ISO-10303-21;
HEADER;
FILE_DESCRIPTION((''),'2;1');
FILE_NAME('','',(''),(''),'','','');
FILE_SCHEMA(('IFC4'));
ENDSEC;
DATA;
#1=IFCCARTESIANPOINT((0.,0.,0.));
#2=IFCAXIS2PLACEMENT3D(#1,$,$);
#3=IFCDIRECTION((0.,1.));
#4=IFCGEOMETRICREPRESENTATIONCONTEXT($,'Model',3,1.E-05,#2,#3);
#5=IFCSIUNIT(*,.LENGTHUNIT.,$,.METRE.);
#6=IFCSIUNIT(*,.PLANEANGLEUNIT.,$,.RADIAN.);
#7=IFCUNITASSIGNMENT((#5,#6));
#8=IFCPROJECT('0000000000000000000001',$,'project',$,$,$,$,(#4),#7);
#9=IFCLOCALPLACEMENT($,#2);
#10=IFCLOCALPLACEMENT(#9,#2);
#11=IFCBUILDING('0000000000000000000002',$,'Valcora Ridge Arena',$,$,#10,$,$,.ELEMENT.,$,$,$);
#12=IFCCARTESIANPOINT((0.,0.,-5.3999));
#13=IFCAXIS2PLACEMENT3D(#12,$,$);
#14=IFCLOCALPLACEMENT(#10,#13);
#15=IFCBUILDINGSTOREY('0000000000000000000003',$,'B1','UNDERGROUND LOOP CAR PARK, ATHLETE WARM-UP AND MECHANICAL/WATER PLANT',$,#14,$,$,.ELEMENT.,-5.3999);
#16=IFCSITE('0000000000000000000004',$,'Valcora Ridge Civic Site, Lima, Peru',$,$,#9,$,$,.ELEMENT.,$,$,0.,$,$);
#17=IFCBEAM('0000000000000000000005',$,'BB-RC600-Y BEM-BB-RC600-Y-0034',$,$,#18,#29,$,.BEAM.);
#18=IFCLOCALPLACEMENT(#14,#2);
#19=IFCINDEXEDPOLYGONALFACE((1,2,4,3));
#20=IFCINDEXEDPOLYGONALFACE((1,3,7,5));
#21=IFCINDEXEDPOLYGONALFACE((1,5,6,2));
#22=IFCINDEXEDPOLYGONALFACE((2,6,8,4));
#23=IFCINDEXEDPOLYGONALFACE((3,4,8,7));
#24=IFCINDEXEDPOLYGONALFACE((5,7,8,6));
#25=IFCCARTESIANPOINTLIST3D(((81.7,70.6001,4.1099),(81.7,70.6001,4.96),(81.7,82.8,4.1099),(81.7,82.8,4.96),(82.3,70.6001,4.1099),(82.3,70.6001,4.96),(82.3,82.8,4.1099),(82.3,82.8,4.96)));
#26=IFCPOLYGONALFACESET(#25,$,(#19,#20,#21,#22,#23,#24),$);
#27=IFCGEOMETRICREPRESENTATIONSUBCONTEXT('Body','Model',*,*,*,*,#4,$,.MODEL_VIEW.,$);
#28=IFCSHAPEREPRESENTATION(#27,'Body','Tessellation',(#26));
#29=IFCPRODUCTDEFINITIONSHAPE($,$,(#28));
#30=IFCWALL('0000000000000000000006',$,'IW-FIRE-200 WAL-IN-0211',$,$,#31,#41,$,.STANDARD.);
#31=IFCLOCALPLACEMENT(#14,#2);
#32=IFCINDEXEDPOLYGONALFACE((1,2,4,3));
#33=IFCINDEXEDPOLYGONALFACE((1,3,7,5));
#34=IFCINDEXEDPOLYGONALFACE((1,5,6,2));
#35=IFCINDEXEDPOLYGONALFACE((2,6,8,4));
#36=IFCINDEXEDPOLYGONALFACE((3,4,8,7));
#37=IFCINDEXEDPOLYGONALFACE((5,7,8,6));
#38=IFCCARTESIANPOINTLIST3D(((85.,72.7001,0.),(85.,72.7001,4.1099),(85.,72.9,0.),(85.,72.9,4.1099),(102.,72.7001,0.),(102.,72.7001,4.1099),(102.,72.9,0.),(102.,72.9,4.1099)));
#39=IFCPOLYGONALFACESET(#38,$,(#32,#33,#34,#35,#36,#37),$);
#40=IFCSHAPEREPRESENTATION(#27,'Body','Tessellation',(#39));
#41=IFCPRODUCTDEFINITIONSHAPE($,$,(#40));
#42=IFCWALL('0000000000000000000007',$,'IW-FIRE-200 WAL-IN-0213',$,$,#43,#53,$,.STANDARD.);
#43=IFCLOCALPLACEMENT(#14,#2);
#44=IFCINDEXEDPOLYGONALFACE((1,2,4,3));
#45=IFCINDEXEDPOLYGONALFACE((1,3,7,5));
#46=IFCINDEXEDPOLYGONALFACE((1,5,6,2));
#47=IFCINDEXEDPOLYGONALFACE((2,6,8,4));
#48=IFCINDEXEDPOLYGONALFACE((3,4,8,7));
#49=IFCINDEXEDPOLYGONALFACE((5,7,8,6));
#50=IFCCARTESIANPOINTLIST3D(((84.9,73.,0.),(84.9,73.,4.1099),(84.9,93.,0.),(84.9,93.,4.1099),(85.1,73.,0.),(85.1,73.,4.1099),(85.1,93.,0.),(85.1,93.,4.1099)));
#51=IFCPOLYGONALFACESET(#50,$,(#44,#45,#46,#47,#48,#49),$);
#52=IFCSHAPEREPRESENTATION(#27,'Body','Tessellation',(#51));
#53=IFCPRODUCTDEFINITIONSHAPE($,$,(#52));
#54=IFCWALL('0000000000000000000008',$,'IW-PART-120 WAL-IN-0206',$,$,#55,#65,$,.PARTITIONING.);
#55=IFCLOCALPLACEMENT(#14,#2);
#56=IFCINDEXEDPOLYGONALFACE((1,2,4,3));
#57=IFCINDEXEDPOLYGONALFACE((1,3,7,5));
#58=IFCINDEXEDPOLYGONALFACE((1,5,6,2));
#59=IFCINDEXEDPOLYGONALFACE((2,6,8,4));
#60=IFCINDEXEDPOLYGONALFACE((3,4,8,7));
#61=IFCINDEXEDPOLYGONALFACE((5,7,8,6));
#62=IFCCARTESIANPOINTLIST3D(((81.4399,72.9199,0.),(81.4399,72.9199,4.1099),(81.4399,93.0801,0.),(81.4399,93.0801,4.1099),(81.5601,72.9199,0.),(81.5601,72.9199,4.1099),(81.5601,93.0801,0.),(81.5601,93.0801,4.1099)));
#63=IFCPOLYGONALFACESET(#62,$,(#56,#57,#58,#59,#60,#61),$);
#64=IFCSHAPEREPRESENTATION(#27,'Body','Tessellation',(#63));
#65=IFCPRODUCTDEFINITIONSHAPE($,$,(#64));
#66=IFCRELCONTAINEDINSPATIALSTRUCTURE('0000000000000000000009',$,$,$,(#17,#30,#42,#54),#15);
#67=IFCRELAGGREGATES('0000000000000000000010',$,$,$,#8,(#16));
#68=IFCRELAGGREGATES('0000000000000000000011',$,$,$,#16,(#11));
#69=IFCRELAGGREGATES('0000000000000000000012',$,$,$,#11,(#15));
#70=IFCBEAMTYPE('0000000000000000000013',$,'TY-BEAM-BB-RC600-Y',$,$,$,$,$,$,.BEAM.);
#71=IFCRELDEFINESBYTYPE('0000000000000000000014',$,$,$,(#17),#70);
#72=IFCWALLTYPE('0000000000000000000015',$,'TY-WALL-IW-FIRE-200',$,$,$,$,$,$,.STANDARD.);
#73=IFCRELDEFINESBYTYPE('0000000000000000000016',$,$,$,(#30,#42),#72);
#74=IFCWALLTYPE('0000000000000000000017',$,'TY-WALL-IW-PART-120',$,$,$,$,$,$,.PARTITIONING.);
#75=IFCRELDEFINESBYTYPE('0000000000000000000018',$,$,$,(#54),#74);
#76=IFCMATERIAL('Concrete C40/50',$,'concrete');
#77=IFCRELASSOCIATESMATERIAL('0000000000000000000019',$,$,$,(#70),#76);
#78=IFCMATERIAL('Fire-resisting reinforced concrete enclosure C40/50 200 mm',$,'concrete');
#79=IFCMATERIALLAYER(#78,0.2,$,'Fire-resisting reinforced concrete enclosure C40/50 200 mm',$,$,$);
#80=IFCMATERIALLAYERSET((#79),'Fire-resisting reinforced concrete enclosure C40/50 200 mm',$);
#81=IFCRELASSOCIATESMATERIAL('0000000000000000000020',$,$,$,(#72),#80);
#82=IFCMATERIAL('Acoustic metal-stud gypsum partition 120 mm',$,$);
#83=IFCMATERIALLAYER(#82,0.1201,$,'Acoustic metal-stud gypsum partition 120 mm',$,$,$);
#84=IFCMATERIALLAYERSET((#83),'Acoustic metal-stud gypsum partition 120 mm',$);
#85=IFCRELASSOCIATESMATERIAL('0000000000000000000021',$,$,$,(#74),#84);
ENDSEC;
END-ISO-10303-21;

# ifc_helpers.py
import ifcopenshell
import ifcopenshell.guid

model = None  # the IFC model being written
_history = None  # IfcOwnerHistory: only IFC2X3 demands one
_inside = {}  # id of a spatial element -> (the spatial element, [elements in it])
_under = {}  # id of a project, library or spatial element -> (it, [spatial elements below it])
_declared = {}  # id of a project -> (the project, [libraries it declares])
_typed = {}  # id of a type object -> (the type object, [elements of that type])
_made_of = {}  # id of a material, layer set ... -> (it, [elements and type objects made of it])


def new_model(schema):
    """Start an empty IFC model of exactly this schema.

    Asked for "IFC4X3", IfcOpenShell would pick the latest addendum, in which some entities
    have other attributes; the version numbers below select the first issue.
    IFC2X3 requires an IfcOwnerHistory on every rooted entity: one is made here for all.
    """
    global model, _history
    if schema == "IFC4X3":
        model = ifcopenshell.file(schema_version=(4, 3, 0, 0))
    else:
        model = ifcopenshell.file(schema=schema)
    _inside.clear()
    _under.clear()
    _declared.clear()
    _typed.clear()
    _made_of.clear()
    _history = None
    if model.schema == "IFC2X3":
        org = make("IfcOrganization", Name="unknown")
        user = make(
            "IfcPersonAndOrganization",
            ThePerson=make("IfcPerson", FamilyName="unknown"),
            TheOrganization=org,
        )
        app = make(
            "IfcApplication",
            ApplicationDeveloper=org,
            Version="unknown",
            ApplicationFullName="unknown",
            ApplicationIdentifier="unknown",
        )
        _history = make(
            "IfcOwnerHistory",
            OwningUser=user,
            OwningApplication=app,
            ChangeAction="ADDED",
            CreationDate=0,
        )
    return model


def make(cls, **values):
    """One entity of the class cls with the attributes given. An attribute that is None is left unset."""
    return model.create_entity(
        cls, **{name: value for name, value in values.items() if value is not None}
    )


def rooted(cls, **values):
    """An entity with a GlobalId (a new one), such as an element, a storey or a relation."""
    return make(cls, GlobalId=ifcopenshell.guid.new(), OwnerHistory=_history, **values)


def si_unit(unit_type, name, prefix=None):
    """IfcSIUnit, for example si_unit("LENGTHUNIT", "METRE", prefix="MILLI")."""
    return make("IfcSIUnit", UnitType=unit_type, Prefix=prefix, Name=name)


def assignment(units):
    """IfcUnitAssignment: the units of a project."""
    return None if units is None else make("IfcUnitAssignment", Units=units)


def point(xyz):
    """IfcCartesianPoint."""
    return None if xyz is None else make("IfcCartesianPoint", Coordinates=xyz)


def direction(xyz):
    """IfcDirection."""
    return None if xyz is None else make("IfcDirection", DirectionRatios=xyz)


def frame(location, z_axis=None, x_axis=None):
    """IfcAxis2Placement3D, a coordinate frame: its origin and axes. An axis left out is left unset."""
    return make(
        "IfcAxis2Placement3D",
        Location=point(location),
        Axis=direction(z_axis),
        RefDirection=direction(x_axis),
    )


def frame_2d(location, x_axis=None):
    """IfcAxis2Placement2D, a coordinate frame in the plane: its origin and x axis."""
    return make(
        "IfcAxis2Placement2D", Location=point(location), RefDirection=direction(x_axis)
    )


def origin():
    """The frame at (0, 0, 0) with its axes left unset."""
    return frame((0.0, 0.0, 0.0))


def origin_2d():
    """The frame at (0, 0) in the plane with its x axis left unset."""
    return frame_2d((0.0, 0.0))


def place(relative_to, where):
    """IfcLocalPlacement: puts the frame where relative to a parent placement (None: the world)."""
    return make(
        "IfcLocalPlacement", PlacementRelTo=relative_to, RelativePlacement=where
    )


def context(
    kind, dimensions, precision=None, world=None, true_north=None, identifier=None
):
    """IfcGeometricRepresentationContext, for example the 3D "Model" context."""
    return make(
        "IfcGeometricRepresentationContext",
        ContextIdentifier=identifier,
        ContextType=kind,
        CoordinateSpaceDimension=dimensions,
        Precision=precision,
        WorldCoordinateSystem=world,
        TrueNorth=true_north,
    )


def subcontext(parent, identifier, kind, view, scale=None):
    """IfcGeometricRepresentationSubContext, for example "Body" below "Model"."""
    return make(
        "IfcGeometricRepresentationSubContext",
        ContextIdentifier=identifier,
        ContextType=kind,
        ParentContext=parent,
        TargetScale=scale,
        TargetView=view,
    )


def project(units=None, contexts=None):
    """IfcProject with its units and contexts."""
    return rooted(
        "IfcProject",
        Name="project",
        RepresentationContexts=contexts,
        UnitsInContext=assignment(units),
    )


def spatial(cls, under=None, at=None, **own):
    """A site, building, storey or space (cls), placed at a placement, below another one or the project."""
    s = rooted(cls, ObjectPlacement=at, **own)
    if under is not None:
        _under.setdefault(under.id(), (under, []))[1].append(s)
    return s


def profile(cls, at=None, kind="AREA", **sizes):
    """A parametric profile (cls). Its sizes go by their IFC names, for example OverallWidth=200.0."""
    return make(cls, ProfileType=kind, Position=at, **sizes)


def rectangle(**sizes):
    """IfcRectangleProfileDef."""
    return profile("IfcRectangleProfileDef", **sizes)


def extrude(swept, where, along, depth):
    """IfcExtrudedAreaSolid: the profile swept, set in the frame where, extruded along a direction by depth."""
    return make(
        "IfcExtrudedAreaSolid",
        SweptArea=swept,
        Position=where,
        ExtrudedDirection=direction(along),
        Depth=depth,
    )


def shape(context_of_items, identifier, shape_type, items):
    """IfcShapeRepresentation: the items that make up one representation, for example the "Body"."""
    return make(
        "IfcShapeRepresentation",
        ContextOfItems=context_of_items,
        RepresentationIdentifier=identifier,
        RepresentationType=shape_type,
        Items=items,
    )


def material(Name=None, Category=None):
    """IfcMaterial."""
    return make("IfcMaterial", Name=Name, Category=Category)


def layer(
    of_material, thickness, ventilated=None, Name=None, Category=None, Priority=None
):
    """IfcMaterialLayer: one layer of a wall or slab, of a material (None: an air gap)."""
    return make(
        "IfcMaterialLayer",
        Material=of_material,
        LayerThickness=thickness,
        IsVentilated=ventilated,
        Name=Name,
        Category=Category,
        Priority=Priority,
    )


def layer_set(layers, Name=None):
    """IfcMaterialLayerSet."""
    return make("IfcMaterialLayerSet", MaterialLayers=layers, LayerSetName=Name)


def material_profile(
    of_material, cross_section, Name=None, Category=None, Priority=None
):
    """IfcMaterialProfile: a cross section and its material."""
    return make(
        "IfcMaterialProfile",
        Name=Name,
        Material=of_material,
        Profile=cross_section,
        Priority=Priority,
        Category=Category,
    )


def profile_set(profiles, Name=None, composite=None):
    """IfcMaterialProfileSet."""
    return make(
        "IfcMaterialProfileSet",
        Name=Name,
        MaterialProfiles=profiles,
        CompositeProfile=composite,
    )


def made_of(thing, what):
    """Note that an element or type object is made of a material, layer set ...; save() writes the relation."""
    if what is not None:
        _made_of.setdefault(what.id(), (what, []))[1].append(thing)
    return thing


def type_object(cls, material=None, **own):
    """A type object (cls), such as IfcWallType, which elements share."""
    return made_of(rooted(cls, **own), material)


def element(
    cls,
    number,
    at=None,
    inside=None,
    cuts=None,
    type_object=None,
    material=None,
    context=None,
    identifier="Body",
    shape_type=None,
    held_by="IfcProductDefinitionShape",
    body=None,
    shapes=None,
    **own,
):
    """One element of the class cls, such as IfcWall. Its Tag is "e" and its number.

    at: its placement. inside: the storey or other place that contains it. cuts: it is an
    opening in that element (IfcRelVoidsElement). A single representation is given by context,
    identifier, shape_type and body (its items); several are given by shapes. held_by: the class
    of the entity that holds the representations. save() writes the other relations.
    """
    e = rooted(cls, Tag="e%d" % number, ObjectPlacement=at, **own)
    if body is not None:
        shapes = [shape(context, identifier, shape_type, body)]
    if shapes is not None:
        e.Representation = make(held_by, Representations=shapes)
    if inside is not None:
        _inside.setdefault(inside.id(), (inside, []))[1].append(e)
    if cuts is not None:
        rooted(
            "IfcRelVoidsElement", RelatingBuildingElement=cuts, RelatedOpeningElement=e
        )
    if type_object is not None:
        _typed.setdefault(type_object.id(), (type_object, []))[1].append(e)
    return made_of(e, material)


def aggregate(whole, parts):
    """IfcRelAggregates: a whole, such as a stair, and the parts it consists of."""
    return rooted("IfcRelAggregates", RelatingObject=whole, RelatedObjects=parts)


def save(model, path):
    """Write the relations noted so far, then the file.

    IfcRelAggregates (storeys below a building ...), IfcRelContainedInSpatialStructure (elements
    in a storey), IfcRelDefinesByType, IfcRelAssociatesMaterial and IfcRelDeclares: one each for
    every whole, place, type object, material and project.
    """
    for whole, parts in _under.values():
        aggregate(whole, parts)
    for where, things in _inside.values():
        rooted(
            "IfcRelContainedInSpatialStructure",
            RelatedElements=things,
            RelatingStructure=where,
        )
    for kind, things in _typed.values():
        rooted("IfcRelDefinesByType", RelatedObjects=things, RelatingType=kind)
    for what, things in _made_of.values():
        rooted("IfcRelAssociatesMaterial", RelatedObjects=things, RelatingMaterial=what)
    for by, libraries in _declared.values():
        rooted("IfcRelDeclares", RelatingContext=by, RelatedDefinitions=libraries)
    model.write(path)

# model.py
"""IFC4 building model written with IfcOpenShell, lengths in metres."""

from ifc_helpers import new_model, si_unit, direction, frame, frame_2d, origin, origin_2d, place, context, subcontext, project, spatial, rectangle, extrude, material, layer, layer_set, material_profile, profile_set, type_object, element, save


model = new_model("IFC4")

# Units and contexts
model_context = context("Model", 3, precision=1e-05, world=origin(), true_north=direction((0.0, 1.0)))
body_context = subcontext(model_context, "Body", "Model", "MODEL_VIEW")
ifc_project = project(units=[si_unit("LENGTHUNIT", "METRE"), si_unit("PLANEANGLEUNIT", "RADIAN")], contexts=[model_context])

# Site, building, storey
site_placement = place(None, origin())
site = spatial("IfcSite", under=ifc_project, at=site_placement, Name="Valcora Ridge Civic Site, Lima, Peru", CompositionType="ELEMENT", RefElevation=0.0)
building_placement = place(site_placement, origin())
building = spatial("IfcBuilding", under=site, at=building_placement, Name="Valcora Ridge Arena", CompositionType="ELEMENT")
storey_placement = place(building_placement, frame((0.0, 0.0, -5.3999)))
storey = spatial("IfcBuildingStorey", under=building, at=storey_placement, Name="B1", Description="UNDERGROUND LOOP CAR PARK, ATHLETE WARM-UP AND MECHANICAL/WATER PLANT", CompositionType="ELEMENT", Elevation=-5.3999)

# Shared definitions
ifc_material_1 = material(Name="Concrete C40/50", Category="concrete")

# Beam
ifc_material_profile_1 = material_profile(ifc_material_1, rectangle(XDim=0.6001, YDim=0.8501, at=origin_2d()), Name="RC 600x850")
ifc_profile_set_1 = profile_set([ifc_material_profile_1], Name="Concrete C40/50")
beam_type_1 = type_object("IfcBeamType", Name="TY-BEAM-BB-RC600-Y", PredefinedType="BEAM", material=ifc_profile_set_1)
for number, where, z_axis, x_axis, name in (
    (1, (82.0, 70.6001, 4.5349), (0.0, 1.0, 0.0), (-1.0, 0.0, 0.0), "BB-RC600-Y BEM-BB-RC600-Y-0034"),
):
    element("IfcBeam", number, at=place(storey_placement, frame(where, z_axis=z_axis, x_axis=x_axis)), inside=storey, type_object=beam_type_1, Name=name, PredefinedType="BEAM", context=body_context, shape_type="SweptSolid", body=[
        extrude(rectangle(XDim=0.6001, YDim=0.8501, at=origin_2d()), origin(), (0.0, 0.0, 1.0), 12.2),
    ])

# Walls
ifc_material_2 = material(Name="Fire-resisting reinforced concrete enclosure C40/50 200 mm", Category="concrete")
ifc_layer_1 = layer(ifc_material_2, 0.2, Name="Fire-resisting reinforced concrete enclosure C40/50 200 mm")
ifc_layer_set_1 = layer_set([ifc_layer_1], Name="Fire-resisting reinforced concrete enclosure C40/50 200 mm")
wall_type_1 = type_object("IfcWallType", Name="TY-WALL-IW-FIRE-200", PredefinedType="STANDARD", material=ifc_layer_set_1)
wall_1_placement = place(storey_placement, frame((85.0, 72.8, 0.0), z_axis=(0.0, 0.0, 1.0), x_axis=(1.0, 0.0, 0.0)))
element("IfcWall", 2, at=wall_1_placement, inside=storey, type_object=wall_type_1, Name="IW-FIRE-200 WAL-IN-0211", PredefinedType="STANDARD", context=body_context, shape_type="SweptSolid", body=[
    extrude(rectangle(XDim=17.0, YDim=0.2, at=frame_2d((8.5, 0.0))), origin(), (0.0, 0.0, 1.0), 4.1099),
])
wall_2_placement = place(storey_placement, frame((85.0, 73.0, 0.0), z_axis=(0.0, 0.0, 1.0), x_axis=(0.0, 1.0, 0.0)))
element("IfcWall", 3, at=wall_2_placement, inside=storey, type_object=wall_type_1, Name="IW-FIRE-200 WAL-IN-0213", PredefinedType="STANDARD", context=body_context, shape_type="SweptSolid", body=[
    extrude(rectangle(XDim=20.0, YDim=0.2, at=frame_2d((10.0, 0.0))), origin(), (0.0, 0.0, 1.0), 4.1099),
])
ifc_material_3 = material(Name="Acoustic metal-stud gypsum partition 120 mm")
ifc_layer_2 = layer(ifc_material_3, 0.1201, Name="Acoustic metal-stud gypsum partition 120 mm")
ifc_layer_set_2 = layer_set([ifc_layer_2], Name="Acoustic metal-stud gypsum partition 120 mm")
wall_type_2 = type_object("IfcWallType", Name="TY-WALL-IW-PART-120", PredefinedType="PARTITIONING", material=ifc_layer_set_2)
wall_3_placement = place(storey_placement, frame((81.5, 72.9199, 0.0), z_axis=(0.0, 0.0, 1.0), x_axis=(0.0, 1.0, 0.0)))
element("IfcWall", 4, at=wall_3_placement, inside=storey, type_object=wall_type_2, Name="IW-PART-120 WAL-IN-0206", PredefinedType="PARTITIONING", context=body_context, shape_type="SweptSolid", body=[
    extrude(rectangle(XDim=20.1602, YDim=0.1201, at=frame_2d((10.0801, 0.0))), origin(), (0.0, 0.0, 1.0), 4.1099),
])

save(model, "model.ifc")
